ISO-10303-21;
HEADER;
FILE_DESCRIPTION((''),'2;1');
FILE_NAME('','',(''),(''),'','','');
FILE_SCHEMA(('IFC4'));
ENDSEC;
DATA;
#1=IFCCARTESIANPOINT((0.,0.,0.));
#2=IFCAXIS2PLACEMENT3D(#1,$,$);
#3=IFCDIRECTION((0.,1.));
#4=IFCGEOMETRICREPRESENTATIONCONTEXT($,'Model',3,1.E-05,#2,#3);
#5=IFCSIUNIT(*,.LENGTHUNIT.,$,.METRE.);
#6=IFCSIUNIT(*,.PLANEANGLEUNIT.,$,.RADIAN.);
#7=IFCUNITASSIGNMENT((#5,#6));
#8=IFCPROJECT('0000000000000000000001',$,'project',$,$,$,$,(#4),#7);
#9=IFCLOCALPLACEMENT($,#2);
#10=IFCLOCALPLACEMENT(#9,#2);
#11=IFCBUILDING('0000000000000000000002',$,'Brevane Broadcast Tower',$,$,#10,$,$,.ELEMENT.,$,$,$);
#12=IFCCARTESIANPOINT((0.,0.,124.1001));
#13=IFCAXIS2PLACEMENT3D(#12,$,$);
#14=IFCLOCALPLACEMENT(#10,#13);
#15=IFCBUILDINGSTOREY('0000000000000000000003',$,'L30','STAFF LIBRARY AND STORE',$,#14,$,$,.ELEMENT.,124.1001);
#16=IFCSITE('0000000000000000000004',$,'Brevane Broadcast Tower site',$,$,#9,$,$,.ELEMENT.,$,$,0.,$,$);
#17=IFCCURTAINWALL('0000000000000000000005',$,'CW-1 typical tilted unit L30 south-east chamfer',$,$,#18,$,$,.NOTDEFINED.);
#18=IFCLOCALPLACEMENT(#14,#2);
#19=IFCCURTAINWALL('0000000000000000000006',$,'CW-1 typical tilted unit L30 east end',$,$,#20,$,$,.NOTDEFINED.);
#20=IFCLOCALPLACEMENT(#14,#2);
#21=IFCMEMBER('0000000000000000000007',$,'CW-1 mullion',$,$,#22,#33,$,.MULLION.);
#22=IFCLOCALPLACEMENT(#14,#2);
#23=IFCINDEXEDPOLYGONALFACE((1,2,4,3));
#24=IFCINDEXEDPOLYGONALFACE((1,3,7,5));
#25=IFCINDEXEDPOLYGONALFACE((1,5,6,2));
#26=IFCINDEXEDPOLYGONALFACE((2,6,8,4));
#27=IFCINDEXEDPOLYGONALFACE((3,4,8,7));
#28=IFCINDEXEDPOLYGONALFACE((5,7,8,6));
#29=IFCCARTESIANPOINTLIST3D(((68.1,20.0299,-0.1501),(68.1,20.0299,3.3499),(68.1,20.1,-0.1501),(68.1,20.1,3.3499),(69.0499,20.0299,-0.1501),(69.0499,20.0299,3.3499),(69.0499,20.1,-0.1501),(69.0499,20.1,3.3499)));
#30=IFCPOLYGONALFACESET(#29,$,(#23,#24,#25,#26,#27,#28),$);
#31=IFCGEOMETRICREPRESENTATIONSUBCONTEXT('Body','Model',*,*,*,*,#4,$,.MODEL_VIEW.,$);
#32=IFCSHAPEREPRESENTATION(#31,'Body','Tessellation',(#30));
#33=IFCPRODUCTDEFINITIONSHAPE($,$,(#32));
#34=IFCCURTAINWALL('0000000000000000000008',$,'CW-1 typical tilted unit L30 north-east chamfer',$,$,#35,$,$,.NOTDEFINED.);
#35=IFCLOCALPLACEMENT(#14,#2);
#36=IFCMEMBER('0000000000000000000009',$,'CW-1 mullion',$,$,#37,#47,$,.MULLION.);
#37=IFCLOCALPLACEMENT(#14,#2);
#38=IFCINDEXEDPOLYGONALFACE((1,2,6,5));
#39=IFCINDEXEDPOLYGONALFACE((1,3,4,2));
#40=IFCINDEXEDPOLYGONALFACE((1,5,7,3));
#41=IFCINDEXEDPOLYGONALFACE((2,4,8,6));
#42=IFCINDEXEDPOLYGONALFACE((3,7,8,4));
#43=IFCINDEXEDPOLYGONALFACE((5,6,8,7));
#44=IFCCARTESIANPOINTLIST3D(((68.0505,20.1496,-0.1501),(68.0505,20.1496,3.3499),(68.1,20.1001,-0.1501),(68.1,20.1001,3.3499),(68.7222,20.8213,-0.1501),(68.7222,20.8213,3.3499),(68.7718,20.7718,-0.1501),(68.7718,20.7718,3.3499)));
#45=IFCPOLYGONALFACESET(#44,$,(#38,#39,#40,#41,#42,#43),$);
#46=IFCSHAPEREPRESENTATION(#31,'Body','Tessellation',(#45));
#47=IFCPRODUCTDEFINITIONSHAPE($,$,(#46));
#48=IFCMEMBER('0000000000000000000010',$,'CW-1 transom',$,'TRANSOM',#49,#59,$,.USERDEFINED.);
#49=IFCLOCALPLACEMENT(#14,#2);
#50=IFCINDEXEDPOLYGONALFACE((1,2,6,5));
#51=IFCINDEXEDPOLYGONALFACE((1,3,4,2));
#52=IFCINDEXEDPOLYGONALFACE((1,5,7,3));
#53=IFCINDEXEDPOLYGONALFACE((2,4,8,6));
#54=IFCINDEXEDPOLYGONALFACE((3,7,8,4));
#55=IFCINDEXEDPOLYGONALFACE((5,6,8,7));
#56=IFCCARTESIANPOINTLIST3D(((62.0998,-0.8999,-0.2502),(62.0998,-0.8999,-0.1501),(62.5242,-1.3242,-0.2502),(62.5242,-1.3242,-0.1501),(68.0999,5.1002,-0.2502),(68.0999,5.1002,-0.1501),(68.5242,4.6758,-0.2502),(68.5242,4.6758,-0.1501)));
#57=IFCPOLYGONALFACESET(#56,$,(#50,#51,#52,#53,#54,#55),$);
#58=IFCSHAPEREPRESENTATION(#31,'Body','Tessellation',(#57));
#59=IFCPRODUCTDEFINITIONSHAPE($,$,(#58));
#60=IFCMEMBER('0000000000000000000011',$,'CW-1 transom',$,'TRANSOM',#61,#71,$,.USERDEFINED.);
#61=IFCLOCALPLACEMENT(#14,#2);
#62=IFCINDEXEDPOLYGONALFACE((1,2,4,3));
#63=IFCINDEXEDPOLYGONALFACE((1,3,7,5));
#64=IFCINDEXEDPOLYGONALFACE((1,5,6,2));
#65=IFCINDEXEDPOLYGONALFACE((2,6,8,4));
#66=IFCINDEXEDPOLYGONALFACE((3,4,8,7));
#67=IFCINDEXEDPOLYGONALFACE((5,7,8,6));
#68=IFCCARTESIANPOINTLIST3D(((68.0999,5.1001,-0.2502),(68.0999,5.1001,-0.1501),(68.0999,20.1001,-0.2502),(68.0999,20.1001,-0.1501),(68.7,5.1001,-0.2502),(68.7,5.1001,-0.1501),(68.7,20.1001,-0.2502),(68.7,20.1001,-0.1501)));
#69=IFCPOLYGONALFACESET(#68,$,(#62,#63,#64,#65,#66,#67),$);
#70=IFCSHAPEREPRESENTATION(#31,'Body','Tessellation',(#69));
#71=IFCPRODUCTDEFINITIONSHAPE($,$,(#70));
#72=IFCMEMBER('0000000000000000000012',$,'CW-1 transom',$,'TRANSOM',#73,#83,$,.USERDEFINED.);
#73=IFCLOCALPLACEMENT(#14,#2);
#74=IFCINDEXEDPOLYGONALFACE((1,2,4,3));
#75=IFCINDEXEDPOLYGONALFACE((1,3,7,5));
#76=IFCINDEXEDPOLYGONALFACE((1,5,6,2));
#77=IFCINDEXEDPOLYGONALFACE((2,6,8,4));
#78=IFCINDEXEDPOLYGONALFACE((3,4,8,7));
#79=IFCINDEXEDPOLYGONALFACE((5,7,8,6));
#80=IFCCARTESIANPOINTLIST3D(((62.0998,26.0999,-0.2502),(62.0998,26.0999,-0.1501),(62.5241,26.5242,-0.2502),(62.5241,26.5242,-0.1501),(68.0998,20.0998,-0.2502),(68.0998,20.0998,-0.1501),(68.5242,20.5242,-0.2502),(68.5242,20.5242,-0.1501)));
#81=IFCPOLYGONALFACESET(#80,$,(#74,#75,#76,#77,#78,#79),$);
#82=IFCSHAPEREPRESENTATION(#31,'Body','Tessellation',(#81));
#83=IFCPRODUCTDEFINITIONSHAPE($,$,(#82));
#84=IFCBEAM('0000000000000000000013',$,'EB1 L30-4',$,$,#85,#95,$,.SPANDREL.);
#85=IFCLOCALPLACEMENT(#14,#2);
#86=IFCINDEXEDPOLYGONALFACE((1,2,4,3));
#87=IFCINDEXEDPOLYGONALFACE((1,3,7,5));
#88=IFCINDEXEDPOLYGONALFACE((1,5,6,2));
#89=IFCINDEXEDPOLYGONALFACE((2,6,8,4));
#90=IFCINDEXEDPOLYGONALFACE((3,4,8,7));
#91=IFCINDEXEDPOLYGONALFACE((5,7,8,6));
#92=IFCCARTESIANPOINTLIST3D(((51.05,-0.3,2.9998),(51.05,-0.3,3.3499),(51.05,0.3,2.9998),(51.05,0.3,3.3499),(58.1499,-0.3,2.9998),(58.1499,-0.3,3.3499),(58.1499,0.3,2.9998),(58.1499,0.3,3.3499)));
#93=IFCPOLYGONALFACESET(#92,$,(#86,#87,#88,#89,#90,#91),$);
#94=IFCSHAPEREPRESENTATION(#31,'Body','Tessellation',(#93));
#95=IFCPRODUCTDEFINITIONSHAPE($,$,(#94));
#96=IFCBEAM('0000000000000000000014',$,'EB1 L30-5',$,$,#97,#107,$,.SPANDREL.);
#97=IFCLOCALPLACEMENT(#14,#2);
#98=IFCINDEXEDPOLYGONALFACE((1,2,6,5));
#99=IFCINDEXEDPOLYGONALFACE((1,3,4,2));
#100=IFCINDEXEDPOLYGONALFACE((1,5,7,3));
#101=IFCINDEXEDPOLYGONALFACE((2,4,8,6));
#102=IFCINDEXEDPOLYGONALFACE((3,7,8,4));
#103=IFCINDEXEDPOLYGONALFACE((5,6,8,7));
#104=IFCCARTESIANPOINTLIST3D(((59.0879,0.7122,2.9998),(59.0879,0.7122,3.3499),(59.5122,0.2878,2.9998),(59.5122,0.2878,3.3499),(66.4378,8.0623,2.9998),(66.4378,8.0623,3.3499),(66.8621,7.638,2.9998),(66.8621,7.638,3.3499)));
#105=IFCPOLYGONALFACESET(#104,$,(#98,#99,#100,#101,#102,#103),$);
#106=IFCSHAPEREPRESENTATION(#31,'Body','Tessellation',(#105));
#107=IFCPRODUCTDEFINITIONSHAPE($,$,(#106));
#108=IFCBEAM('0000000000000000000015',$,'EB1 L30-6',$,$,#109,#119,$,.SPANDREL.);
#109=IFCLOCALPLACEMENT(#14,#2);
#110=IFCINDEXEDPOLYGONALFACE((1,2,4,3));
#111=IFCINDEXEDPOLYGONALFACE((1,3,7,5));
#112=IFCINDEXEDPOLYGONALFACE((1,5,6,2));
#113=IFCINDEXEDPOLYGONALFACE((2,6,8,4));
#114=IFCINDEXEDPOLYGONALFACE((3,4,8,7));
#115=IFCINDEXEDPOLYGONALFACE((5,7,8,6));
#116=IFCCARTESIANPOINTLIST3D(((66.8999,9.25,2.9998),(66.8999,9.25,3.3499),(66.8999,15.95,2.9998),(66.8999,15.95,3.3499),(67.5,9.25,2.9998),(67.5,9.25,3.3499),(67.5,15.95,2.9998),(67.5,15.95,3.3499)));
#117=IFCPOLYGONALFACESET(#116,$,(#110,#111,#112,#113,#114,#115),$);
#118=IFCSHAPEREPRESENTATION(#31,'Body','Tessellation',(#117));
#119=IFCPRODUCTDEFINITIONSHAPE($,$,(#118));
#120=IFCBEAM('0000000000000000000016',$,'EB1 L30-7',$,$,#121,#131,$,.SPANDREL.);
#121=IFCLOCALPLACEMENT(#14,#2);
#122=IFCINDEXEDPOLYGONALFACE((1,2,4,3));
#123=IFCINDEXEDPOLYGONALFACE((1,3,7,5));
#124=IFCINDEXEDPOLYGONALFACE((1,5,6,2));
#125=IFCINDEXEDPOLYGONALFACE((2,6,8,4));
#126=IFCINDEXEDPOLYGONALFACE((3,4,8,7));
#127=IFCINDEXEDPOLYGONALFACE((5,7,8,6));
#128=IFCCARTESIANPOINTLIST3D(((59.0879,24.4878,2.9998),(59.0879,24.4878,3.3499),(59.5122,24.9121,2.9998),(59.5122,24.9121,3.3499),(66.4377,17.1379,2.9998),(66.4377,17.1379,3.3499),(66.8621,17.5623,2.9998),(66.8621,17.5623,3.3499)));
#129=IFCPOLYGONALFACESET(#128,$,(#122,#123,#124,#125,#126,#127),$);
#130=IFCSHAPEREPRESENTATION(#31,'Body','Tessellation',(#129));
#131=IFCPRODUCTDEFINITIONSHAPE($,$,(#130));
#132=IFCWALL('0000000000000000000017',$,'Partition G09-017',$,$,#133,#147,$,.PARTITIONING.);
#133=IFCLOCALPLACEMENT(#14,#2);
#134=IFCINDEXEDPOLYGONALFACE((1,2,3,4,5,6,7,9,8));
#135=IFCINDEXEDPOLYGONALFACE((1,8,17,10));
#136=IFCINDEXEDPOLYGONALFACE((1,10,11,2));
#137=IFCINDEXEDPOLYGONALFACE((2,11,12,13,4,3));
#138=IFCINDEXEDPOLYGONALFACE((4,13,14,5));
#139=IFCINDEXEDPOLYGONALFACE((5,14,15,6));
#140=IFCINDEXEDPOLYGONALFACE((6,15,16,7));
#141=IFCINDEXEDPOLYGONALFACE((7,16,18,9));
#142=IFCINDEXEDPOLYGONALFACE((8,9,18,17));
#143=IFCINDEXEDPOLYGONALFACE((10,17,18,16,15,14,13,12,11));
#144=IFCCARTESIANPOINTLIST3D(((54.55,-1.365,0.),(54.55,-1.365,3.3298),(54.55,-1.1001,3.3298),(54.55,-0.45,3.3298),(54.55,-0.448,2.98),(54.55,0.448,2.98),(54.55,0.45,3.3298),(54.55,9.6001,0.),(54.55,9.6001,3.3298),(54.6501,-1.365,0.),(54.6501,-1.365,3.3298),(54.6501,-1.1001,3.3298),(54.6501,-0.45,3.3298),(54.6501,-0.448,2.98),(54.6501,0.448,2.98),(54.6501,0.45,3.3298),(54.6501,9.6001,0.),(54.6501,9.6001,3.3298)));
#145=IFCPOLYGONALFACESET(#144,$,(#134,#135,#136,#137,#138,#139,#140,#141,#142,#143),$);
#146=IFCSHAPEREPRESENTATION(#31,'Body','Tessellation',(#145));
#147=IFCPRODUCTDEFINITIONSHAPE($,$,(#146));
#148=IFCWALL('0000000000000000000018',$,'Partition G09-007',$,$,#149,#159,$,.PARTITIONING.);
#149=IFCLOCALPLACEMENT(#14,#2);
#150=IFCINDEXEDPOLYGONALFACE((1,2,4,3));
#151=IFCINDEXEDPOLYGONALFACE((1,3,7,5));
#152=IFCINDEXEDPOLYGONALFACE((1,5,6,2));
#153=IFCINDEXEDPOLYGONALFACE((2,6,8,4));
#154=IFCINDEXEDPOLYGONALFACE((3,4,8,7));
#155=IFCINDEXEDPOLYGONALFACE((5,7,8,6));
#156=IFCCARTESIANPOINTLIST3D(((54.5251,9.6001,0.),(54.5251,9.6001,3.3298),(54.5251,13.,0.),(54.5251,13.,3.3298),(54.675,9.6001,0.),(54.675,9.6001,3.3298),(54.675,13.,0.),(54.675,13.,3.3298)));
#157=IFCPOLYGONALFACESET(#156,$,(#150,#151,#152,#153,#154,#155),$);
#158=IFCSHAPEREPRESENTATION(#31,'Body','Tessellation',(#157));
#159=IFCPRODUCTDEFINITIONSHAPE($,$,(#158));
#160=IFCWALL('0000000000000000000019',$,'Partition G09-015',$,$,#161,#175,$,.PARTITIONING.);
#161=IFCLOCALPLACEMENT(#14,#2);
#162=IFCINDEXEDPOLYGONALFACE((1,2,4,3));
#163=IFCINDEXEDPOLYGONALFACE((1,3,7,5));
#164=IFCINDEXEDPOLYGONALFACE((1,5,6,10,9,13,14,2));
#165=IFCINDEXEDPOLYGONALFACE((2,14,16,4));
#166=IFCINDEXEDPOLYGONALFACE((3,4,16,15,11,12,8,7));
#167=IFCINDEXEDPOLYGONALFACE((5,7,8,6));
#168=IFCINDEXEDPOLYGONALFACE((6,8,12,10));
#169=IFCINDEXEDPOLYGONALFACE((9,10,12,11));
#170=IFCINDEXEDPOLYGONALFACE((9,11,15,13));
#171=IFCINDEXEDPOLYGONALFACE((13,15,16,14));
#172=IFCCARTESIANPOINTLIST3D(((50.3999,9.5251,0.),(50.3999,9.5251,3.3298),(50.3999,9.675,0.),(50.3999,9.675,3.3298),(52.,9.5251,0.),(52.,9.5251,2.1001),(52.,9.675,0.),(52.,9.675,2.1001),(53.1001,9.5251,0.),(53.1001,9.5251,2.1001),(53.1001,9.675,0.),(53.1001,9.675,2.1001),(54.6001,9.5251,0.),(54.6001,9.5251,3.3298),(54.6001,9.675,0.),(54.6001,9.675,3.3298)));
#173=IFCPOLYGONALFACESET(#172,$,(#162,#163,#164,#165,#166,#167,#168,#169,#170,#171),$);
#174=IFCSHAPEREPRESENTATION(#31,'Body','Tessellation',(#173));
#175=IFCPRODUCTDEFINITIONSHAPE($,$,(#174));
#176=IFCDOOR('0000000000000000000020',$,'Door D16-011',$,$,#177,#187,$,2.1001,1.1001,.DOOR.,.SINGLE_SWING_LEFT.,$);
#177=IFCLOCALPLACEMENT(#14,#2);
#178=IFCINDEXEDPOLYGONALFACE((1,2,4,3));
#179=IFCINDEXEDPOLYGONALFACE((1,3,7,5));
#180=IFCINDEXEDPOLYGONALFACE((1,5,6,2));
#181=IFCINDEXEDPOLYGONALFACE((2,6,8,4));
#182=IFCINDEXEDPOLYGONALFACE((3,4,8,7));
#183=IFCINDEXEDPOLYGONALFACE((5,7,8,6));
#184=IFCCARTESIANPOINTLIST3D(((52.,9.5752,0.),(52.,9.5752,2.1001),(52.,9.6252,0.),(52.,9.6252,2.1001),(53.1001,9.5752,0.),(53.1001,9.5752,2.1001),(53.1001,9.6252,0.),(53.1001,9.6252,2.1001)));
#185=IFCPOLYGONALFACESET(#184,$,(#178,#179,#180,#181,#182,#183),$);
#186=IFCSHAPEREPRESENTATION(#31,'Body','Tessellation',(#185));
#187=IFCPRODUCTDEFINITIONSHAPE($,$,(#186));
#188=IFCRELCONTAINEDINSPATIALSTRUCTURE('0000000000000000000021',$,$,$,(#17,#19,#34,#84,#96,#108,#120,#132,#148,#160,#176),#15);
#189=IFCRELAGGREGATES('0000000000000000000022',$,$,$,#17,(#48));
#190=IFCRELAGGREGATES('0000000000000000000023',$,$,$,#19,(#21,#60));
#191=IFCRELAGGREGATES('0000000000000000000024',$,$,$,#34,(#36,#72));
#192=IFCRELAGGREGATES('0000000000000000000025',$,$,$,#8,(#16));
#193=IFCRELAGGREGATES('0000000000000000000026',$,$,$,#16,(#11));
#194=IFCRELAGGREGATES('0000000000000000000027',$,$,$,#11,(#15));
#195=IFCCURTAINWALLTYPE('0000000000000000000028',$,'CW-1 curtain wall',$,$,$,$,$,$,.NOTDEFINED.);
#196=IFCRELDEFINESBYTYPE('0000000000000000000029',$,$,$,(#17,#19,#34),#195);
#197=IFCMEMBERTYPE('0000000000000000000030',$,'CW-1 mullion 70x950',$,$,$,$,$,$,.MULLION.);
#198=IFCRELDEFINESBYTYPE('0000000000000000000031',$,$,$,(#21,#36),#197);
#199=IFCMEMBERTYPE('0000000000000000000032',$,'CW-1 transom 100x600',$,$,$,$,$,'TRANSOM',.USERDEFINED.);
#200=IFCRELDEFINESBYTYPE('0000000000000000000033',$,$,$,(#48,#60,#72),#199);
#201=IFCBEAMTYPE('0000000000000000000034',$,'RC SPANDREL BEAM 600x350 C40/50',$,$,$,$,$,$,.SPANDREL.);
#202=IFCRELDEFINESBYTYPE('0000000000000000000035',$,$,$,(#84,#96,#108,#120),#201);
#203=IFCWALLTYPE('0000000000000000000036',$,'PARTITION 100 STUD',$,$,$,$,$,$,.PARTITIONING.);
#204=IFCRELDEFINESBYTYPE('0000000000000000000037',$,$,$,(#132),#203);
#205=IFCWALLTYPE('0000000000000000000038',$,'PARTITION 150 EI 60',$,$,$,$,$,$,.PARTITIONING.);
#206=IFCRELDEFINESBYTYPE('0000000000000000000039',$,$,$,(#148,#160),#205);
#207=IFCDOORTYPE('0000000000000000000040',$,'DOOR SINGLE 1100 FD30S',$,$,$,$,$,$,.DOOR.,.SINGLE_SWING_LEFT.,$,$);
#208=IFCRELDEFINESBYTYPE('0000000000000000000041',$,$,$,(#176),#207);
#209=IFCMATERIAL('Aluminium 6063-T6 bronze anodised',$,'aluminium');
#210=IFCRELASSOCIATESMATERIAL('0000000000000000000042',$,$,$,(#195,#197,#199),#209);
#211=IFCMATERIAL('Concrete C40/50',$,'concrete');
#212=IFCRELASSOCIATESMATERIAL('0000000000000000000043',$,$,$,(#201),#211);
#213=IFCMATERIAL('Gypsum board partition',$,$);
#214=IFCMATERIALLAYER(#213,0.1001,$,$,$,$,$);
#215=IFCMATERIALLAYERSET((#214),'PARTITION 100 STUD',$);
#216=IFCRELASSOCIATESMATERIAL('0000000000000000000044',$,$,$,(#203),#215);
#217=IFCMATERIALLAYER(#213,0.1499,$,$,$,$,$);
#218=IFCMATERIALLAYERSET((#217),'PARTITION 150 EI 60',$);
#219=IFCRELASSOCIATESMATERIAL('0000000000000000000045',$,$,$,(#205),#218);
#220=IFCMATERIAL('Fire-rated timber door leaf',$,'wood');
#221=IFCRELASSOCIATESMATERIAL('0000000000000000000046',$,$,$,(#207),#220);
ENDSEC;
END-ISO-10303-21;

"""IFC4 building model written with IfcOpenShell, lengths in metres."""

from ifc_helpers import new_model, si_unit, direction, frame, frame_2d, origin, origin_2d, place, context, subcontext, project, spatial, polyline, rectangle, outline, extrude, material, layer, layer_set, material_profile, profile_set, type_object, element, fill, aggregate, save


model = new_model("IFC4")

# Units and contexts
model_context = context("Model", 3, precision=1e-05, world=origin(), true_north=direction((0.0, 1.0)))
body_context = subcontext(model_context, "Body", "Model", "MODEL_VIEW")
ifc_project = project(units=[si_unit("LENGTHUNIT", "METRE"), si_unit("PLANEANGLEUNIT", "RADIAN")], contexts=[model_context])

# Site, building, storey
site_placement = place(None, origin())
site = spatial("IfcSite", under=ifc_project, at=site_placement, Name="Brevane Broadcast Tower site", CompositionType="ELEMENT", RefElevation=0.0)
building_placement = place(site_placement, origin())
building = spatial("IfcBuilding", under=site, at=building_placement, Name="Brevane Broadcast Tower", CompositionType="ELEMENT")
storey_placement = place(building_placement, frame((0.0, 0.0, 124.1001)))
storey = spatial("IfcBuildingStorey", under=building, at=storey_placement, Name="L30", Description="STAFF LIBRARY AND STORE", CompositionType="ELEMENT", Elevation=124.1001)

# Curtain walls, member
ifc_material_1 = material(Name="Aluminium 6063-T6 bronze anodised", Category="aluminium")
curtain_wall_type = type_object("IfcCurtainWallType", Name="CW-1 curtain wall", PredefinedType="NOTDEFINED", material=ifc_material_1)
ifc_material_profile_1 = material_profile(ifc_material_1, rectangle(XDim=0.95, YDim=0.0701, at=origin_2d()), Name="RECT 70x950")
ifc_profile_set_1 = profile_set([ifc_material_profile_1], Name="Aluminium 6063-T6 bronze anodised")
member_type_1 = type_object("IfcMemberType", Name="CW-1 mullion 70x950", PredefinedType="MULLION", material=ifc_profile_set_1)
curtain_wall_1_placement = place(storey_placement, origin())
curtain_wall_1 = element("IfcCurtainWall", 1, at=curtain_wall_1_placement, inside=storey, type_object=curtain_wall_type, Name="CW-1 typical tilted unit L30 south-east chamfer", PredefinedType="NOTDEFINED")
curtain_wall_2_placement = place(storey_placement, origin())
curtain_wall_2 = element("IfcCurtainWall", 2, at=curtain_wall_2_placement, inside=storey, type_object=curtain_wall_type, Name="CW-1 typical tilted unit L30 east end", PredefinedType="NOTDEFINED")
member_1_placement = place(storey_placement, frame((68.575, 20.0649, -0.1501), z_axis=(0.0, 0.0, 1.0), x_axis=(-1.0, 0.0, 0.0)))
member_1 = element("IfcMember", 3, at=member_1_placement, type_object=member_type_1, Name="CW-1 mullion", PredefinedType="MULLION", context=body_context, shape_type="SweptSolid", body=[
    extrude(rectangle(XDim=0.95, YDim=0.0701, at=origin_2d()), origin(), (0.0, 0.0, 1.0), 3.5),
])

# Curtain wall, member
curtain_wall_3_placement = place(storey_placement, origin())
curtain_wall_3 = element("IfcCurtainWall", 4, at=curtain_wall_3_placement, inside=storey, type_object=curtain_wall_type, Name="CW-1 typical tilted unit L30 north-east chamfer", PredefinedType="NOTDEFINED")
member_2_placement = place(storey_placement, frame((68.4111, 20.4607, -0.1501), z_axis=(0.0, 0.0, 1.0), x_axis=(-0.707107, -0.707107, 0.0)))
member_2 = element("IfcMember", 5, at=member_2_placement, type_object=member_type_1, Name="CW-1 mullion", PredefinedType="MULLION", context=body_context, shape_type="SweptSolid", body=[
    extrude(rectangle(XDim=0.95, YDim=0.0701, at=origin_2d()), origin(), (0.0, 0.0, 1.0), 3.5),
])

# Members
ifc_material_profile_2 = material_profile(ifc_material_1, rectangle(XDim=0.6001, YDim=0.1001, at=origin_2d()), Name="RECT 100x600")
ifc_profile_set_2 = profile_set([ifc_material_profile_2], Name="Aluminium 6063-T6 bronze anodised")
member_type_2 = type_object("IfcMemberType", Name="CW-1 transom 100x600", ElementType="TRANSOM", PredefinedType="USERDEFINED", material=ifc_profile_set_2)
member_3_placement = place(storey_placement, frame((62.312, -1.1121, -0.2002), z_axis=(0.707107, 0.707107, 0.0), x_axis=(-0.707107, 0.707107, 0.0)))
member_3 = element("IfcMember", 6, at=member_3_placement, type_object=member_type_2, Name="CW-1 transom", ObjectType="TRANSOM", PredefinedType="USERDEFINED", context=body_context, shape_type="SweptSolid", body=[
    extrude(rectangle(XDim=0.6001, YDim=0.1001, at=origin_2d()), origin(), (0.0, 0.0, 1.0), 8.4854),
])
aggregate(curtain_wall_1, [member_3])
member_4_placement = place(storey_placement, frame((68.3999, 5.1001, -0.2002), z_axis=(0.0, 1.0, 0.0), x_axis=(-1.0, 0.0, 0.0)))
member_4 = element("IfcMember", 7, at=member_4_placement, type_object=member_type_2, Name="CW-1 transom", ObjectType="TRANSOM", PredefinedType="USERDEFINED", context=body_context, shape_type="SweptSolid", body=[
    extrude(rectangle(XDim=0.6001, YDim=0.1001, at=origin_2d()), origin(), (0.0, 0.0, 1.0), 15.0),
])
aggregate(curtain_wall_2, [member_1, member_4])
member_5_placement = place(storey_placement, frame((68.312, 20.312, -0.2002), z_axis=(-0.707107, 0.707107, 0.0), x_axis=(-0.707107, -0.707107, 0.0)))
member_5 = element("IfcMember", 8, at=member_5_placement, type_object=member_type_2, Name="CW-1 transom", ObjectType="TRANSOM", PredefinedType="USERDEFINED", context=body_context, shape_type="SweptSolid", body=[
    extrude(rectangle(XDim=0.6001, YDim=0.1001, at=origin_2d()), origin(), (0.0, 0.0, 1.0), 8.4854),
])
aggregate(curtain_wall_3, [member_2, member_5])

# Beams
ifc_material_2 = material(Name="Concrete C40/50", Category="concrete")
ifc_material_profile_3 = material_profile(ifc_material_2, rectangle(XDim=0.6001, YDim=0.3501, at=origin_2d()), Name="RC 600x350")
ifc_profile_set_3 = profile_set([ifc_material_profile_3], Name="Concrete C40/50")
beam_type = type_object("IfcBeamType", Name="RC SPANDREL BEAM 600x350 C40/50", PredefinedType="SPANDREL", material=ifc_profile_set_3)
beam_1_placement = place(storey_placement, frame((51.05, 0.0, 3.1748), z_axis=(1.0, 0.0, 0.0), x_axis=(0.0, 1.0, 0.0)))
element("IfcBeam", 9, at=beam_1_placement, inside=storey, type_object=beam_type, Name="EB1 L30-4", PredefinedType="SPANDREL", context=body_context, shape_type="SweptSolid", body=[
    extrude(rectangle(XDim=0.6001, YDim=0.3501, at=origin_2d()), origin(), (0.0, 0.0, 1.0), 7.0999),
])
beam_2_placement = place(storey_placement, frame((59.3, 0.5, 3.1748), z_axis=(0.707095, 0.707119, 0.0), x_axis=(-0.707119, 0.707095, 0.0)))
element("IfcBeam", 10, at=beam_2_placement, inside=storey, type_object=beam_type, Name="EB1 L30-5", PredefinedType="SPANDREL", context=body_context, shape_type="SweptSolid", body=[
    extrude(rectangle(XDim=0.6001, YDim=0.3501, at=origin_2d()), origin(), (0.0, 0.0, 1.0), 10.3945),
])
beam_3_placement = place(storey_placement, frame((67.2, 9.25, 3.1748), z_axis=(0.0, 1.0, 0.0), x_axis=(-1.0, 0.0, 0.0)))
element("IfcBeam", 11, at=beam_3_placement, inside=storey, type_object=beam_type, Name="EB1 L30-6", PredefinedType="SPANDREL", context=body_context, shape_type="SweptSolid", body=[
    extrude(rectangle(XDim=0.6001, YDim=0.3501, at=origin_2d()), origin(), (0.0, 0.0, 1.0), 6.7),
])
beam_4_placement = place(storey_placement, frame((66.6499, 17.3501, 3.1748), z_axis=(-0.707107, 0.707107, 0.0), x_axis=(-0.707107, -0.707107, 0.0)))
element("IfcBeam", 12, at=beam_4_placement, inside=storey, type_object=beam_type, Name="EB1 L30-7", PredefinedType="SPANDREL", context=body_context, shape_type="SweptSolid", body=[
    extrude(rectangle(XDim=0.6001, YDim=0.3501, at=origin_2d()), origin(), (0.0, 0.0, 1.0), 10.3943),
])

# Walls
ifc_material_3 = material(Name="Gypsum board partition")
ifc_layer_1 = layer(ifc_material_3, 0.1001)
ifc_layer_set_1 = layer_set([ifc_layer_1], Name="PARTITION 100 STUD")
wall_type_1 = type_object("IfcWallType", Name="PARTITION 100 STUD", PredefinedType="PARTITIONING", material=ifc_layer_set_1)
wall_1_placement = place(storey_placement, frame((54.6001, -1.365, 0.0), z_axis=(0.0, 0.0, 1.0), x_axis=(0.0, 1.0, 0.0)))
element("IfcWall", 13, at=wall_1_placement, inside=storey, type_object=wall_type_1, Name="Partition G09-017", PredefinedType="PARTITIONING", context=body_context, shape_type="SweptSolid", body=[
    extrude(outline(polyline([(0.0, 0.0), (10.9651, 0.0), (10.9651, 3.3298), (1.8149, 3.3298), (1.813, 2.98), (0.917, 2.98), (0.915, 3.3298), (0.2649, 3.3298), (0.0, 3.3298), (0.0, 0.0)])), frame((0.0, 0.05, 0.0), z_axis=(0.0, -1.0, 0.0), x_axis=(1.0, 0.0, 0.0)), (0.0, 0.0, 1.0), 0.1001),
])
ifc_layer_2 = layer(ifc_material_3, 0.1499)
ifc_layer_set_2 = layer_set([ifc_layer_2], Name="PARTITION 150 EI 60")
wall_type_2 = type_object("IfcWallType", Name="PARTITION 150 EI 60", PredefinedType="PARTITIONING", material=ifc_layer_set_2)
wall_2_placement = place(storey_placement, frame((54.6001, 13.0, 0.0), z_axis=(0.0, 0.0, 1.0), x_axis=(0.0, -1.0, 0.0)))
element("IfcWall", 14, at=wall_2_placement, inside=storey, type_object=wall_type_2, Name="Partition G09-007", PredefinedType="PARTITIONING", context=body_context, shape_type="SweptSolid", body=[
    extrude(rectangle(XDim=3.3999, YDim=0.1499, at=frame_2d((1.7, 0.0))), origin(), (0.0, 0.0, 1.0), 3.3298),
])

# Wall, opening, door
wall_3_placement = place(storey_placement, frame((54.6001, 9.6001, 0.0), z_axis=(0.0, 0.0, 1.0), x_axis=(-1.0, 0.0, 0.0)))
wall_3 = element("IfcWall", 15, at=wall_3_placement, inside=storey, type_object=wall_type_2, Name="Partition G09-015", PredefinedType="PARTITIONING", context=body_context, shape_type="SweptSolid", body=[
    extrude(rectangle(XDim=4.2002, YDim=0.1499, at=frame_2d((2.1001, 0.0))), origin(), (0.0, 0.0, 1.0), 3.3298),
])
opening_1_placement = place(wall_3_placement, frame((1.5, 0.0, 0.0)))
opening_1 = element("IfcOpeningElement", 16, at=opening_1_placement, cuts=wall_3, PredefinedType="OPENING", context=body_context, shape_type="SweptSolid", body=[
    extrude(rectangle(XDim=1.1001, YDim=2.1001, at=frame_2d((0.55, 1.05))), frame((0.0, 0.085, 0.0), z_axis=(0.0, -1.0, 0.0), x_axis=(1.0, 0.0, 0.0)), (0.0, 0.0, 1.0), 0.1699),
])
ifc_material_4 = material(Name="Fire-rated timber door leaf", Category="wood")
door_type_1 = type_object("IfcDoorType", Name="DOOR SINGLE 1100 FD30S", OperationType="SINGLE_SWING_LEFT", PredefinedType="DOOR", material=ifc_material_4)
door_1_placement = place(opening_1_placement, origin())
door_1 = element("IfcDoor", 17, at=door_1_placement, inside=storey, type_object=door_type_1, Name="Door D16-011", OperationType="SINGLE_SWING_LEFT", OverallHeight=2.1001, OverallWidth=1.1001, PredefinedType="DOOR", context=body_context, shape_type="SweptSolid", body=[
    extrude(rectangle(XDim=1.1001, YDim=2.1001, at=frame_2d((0.55, 1.05))), frame((0.0, 0.0249, 0.0), z_axis=(0.0, -1.0, 0.0), x_axis=(1.0, 0.0, 0.0)), (0.0, 0.0, 1.0), 0.05),
])
fill(opening_1, door_1)

save(model, "model.ifc")
